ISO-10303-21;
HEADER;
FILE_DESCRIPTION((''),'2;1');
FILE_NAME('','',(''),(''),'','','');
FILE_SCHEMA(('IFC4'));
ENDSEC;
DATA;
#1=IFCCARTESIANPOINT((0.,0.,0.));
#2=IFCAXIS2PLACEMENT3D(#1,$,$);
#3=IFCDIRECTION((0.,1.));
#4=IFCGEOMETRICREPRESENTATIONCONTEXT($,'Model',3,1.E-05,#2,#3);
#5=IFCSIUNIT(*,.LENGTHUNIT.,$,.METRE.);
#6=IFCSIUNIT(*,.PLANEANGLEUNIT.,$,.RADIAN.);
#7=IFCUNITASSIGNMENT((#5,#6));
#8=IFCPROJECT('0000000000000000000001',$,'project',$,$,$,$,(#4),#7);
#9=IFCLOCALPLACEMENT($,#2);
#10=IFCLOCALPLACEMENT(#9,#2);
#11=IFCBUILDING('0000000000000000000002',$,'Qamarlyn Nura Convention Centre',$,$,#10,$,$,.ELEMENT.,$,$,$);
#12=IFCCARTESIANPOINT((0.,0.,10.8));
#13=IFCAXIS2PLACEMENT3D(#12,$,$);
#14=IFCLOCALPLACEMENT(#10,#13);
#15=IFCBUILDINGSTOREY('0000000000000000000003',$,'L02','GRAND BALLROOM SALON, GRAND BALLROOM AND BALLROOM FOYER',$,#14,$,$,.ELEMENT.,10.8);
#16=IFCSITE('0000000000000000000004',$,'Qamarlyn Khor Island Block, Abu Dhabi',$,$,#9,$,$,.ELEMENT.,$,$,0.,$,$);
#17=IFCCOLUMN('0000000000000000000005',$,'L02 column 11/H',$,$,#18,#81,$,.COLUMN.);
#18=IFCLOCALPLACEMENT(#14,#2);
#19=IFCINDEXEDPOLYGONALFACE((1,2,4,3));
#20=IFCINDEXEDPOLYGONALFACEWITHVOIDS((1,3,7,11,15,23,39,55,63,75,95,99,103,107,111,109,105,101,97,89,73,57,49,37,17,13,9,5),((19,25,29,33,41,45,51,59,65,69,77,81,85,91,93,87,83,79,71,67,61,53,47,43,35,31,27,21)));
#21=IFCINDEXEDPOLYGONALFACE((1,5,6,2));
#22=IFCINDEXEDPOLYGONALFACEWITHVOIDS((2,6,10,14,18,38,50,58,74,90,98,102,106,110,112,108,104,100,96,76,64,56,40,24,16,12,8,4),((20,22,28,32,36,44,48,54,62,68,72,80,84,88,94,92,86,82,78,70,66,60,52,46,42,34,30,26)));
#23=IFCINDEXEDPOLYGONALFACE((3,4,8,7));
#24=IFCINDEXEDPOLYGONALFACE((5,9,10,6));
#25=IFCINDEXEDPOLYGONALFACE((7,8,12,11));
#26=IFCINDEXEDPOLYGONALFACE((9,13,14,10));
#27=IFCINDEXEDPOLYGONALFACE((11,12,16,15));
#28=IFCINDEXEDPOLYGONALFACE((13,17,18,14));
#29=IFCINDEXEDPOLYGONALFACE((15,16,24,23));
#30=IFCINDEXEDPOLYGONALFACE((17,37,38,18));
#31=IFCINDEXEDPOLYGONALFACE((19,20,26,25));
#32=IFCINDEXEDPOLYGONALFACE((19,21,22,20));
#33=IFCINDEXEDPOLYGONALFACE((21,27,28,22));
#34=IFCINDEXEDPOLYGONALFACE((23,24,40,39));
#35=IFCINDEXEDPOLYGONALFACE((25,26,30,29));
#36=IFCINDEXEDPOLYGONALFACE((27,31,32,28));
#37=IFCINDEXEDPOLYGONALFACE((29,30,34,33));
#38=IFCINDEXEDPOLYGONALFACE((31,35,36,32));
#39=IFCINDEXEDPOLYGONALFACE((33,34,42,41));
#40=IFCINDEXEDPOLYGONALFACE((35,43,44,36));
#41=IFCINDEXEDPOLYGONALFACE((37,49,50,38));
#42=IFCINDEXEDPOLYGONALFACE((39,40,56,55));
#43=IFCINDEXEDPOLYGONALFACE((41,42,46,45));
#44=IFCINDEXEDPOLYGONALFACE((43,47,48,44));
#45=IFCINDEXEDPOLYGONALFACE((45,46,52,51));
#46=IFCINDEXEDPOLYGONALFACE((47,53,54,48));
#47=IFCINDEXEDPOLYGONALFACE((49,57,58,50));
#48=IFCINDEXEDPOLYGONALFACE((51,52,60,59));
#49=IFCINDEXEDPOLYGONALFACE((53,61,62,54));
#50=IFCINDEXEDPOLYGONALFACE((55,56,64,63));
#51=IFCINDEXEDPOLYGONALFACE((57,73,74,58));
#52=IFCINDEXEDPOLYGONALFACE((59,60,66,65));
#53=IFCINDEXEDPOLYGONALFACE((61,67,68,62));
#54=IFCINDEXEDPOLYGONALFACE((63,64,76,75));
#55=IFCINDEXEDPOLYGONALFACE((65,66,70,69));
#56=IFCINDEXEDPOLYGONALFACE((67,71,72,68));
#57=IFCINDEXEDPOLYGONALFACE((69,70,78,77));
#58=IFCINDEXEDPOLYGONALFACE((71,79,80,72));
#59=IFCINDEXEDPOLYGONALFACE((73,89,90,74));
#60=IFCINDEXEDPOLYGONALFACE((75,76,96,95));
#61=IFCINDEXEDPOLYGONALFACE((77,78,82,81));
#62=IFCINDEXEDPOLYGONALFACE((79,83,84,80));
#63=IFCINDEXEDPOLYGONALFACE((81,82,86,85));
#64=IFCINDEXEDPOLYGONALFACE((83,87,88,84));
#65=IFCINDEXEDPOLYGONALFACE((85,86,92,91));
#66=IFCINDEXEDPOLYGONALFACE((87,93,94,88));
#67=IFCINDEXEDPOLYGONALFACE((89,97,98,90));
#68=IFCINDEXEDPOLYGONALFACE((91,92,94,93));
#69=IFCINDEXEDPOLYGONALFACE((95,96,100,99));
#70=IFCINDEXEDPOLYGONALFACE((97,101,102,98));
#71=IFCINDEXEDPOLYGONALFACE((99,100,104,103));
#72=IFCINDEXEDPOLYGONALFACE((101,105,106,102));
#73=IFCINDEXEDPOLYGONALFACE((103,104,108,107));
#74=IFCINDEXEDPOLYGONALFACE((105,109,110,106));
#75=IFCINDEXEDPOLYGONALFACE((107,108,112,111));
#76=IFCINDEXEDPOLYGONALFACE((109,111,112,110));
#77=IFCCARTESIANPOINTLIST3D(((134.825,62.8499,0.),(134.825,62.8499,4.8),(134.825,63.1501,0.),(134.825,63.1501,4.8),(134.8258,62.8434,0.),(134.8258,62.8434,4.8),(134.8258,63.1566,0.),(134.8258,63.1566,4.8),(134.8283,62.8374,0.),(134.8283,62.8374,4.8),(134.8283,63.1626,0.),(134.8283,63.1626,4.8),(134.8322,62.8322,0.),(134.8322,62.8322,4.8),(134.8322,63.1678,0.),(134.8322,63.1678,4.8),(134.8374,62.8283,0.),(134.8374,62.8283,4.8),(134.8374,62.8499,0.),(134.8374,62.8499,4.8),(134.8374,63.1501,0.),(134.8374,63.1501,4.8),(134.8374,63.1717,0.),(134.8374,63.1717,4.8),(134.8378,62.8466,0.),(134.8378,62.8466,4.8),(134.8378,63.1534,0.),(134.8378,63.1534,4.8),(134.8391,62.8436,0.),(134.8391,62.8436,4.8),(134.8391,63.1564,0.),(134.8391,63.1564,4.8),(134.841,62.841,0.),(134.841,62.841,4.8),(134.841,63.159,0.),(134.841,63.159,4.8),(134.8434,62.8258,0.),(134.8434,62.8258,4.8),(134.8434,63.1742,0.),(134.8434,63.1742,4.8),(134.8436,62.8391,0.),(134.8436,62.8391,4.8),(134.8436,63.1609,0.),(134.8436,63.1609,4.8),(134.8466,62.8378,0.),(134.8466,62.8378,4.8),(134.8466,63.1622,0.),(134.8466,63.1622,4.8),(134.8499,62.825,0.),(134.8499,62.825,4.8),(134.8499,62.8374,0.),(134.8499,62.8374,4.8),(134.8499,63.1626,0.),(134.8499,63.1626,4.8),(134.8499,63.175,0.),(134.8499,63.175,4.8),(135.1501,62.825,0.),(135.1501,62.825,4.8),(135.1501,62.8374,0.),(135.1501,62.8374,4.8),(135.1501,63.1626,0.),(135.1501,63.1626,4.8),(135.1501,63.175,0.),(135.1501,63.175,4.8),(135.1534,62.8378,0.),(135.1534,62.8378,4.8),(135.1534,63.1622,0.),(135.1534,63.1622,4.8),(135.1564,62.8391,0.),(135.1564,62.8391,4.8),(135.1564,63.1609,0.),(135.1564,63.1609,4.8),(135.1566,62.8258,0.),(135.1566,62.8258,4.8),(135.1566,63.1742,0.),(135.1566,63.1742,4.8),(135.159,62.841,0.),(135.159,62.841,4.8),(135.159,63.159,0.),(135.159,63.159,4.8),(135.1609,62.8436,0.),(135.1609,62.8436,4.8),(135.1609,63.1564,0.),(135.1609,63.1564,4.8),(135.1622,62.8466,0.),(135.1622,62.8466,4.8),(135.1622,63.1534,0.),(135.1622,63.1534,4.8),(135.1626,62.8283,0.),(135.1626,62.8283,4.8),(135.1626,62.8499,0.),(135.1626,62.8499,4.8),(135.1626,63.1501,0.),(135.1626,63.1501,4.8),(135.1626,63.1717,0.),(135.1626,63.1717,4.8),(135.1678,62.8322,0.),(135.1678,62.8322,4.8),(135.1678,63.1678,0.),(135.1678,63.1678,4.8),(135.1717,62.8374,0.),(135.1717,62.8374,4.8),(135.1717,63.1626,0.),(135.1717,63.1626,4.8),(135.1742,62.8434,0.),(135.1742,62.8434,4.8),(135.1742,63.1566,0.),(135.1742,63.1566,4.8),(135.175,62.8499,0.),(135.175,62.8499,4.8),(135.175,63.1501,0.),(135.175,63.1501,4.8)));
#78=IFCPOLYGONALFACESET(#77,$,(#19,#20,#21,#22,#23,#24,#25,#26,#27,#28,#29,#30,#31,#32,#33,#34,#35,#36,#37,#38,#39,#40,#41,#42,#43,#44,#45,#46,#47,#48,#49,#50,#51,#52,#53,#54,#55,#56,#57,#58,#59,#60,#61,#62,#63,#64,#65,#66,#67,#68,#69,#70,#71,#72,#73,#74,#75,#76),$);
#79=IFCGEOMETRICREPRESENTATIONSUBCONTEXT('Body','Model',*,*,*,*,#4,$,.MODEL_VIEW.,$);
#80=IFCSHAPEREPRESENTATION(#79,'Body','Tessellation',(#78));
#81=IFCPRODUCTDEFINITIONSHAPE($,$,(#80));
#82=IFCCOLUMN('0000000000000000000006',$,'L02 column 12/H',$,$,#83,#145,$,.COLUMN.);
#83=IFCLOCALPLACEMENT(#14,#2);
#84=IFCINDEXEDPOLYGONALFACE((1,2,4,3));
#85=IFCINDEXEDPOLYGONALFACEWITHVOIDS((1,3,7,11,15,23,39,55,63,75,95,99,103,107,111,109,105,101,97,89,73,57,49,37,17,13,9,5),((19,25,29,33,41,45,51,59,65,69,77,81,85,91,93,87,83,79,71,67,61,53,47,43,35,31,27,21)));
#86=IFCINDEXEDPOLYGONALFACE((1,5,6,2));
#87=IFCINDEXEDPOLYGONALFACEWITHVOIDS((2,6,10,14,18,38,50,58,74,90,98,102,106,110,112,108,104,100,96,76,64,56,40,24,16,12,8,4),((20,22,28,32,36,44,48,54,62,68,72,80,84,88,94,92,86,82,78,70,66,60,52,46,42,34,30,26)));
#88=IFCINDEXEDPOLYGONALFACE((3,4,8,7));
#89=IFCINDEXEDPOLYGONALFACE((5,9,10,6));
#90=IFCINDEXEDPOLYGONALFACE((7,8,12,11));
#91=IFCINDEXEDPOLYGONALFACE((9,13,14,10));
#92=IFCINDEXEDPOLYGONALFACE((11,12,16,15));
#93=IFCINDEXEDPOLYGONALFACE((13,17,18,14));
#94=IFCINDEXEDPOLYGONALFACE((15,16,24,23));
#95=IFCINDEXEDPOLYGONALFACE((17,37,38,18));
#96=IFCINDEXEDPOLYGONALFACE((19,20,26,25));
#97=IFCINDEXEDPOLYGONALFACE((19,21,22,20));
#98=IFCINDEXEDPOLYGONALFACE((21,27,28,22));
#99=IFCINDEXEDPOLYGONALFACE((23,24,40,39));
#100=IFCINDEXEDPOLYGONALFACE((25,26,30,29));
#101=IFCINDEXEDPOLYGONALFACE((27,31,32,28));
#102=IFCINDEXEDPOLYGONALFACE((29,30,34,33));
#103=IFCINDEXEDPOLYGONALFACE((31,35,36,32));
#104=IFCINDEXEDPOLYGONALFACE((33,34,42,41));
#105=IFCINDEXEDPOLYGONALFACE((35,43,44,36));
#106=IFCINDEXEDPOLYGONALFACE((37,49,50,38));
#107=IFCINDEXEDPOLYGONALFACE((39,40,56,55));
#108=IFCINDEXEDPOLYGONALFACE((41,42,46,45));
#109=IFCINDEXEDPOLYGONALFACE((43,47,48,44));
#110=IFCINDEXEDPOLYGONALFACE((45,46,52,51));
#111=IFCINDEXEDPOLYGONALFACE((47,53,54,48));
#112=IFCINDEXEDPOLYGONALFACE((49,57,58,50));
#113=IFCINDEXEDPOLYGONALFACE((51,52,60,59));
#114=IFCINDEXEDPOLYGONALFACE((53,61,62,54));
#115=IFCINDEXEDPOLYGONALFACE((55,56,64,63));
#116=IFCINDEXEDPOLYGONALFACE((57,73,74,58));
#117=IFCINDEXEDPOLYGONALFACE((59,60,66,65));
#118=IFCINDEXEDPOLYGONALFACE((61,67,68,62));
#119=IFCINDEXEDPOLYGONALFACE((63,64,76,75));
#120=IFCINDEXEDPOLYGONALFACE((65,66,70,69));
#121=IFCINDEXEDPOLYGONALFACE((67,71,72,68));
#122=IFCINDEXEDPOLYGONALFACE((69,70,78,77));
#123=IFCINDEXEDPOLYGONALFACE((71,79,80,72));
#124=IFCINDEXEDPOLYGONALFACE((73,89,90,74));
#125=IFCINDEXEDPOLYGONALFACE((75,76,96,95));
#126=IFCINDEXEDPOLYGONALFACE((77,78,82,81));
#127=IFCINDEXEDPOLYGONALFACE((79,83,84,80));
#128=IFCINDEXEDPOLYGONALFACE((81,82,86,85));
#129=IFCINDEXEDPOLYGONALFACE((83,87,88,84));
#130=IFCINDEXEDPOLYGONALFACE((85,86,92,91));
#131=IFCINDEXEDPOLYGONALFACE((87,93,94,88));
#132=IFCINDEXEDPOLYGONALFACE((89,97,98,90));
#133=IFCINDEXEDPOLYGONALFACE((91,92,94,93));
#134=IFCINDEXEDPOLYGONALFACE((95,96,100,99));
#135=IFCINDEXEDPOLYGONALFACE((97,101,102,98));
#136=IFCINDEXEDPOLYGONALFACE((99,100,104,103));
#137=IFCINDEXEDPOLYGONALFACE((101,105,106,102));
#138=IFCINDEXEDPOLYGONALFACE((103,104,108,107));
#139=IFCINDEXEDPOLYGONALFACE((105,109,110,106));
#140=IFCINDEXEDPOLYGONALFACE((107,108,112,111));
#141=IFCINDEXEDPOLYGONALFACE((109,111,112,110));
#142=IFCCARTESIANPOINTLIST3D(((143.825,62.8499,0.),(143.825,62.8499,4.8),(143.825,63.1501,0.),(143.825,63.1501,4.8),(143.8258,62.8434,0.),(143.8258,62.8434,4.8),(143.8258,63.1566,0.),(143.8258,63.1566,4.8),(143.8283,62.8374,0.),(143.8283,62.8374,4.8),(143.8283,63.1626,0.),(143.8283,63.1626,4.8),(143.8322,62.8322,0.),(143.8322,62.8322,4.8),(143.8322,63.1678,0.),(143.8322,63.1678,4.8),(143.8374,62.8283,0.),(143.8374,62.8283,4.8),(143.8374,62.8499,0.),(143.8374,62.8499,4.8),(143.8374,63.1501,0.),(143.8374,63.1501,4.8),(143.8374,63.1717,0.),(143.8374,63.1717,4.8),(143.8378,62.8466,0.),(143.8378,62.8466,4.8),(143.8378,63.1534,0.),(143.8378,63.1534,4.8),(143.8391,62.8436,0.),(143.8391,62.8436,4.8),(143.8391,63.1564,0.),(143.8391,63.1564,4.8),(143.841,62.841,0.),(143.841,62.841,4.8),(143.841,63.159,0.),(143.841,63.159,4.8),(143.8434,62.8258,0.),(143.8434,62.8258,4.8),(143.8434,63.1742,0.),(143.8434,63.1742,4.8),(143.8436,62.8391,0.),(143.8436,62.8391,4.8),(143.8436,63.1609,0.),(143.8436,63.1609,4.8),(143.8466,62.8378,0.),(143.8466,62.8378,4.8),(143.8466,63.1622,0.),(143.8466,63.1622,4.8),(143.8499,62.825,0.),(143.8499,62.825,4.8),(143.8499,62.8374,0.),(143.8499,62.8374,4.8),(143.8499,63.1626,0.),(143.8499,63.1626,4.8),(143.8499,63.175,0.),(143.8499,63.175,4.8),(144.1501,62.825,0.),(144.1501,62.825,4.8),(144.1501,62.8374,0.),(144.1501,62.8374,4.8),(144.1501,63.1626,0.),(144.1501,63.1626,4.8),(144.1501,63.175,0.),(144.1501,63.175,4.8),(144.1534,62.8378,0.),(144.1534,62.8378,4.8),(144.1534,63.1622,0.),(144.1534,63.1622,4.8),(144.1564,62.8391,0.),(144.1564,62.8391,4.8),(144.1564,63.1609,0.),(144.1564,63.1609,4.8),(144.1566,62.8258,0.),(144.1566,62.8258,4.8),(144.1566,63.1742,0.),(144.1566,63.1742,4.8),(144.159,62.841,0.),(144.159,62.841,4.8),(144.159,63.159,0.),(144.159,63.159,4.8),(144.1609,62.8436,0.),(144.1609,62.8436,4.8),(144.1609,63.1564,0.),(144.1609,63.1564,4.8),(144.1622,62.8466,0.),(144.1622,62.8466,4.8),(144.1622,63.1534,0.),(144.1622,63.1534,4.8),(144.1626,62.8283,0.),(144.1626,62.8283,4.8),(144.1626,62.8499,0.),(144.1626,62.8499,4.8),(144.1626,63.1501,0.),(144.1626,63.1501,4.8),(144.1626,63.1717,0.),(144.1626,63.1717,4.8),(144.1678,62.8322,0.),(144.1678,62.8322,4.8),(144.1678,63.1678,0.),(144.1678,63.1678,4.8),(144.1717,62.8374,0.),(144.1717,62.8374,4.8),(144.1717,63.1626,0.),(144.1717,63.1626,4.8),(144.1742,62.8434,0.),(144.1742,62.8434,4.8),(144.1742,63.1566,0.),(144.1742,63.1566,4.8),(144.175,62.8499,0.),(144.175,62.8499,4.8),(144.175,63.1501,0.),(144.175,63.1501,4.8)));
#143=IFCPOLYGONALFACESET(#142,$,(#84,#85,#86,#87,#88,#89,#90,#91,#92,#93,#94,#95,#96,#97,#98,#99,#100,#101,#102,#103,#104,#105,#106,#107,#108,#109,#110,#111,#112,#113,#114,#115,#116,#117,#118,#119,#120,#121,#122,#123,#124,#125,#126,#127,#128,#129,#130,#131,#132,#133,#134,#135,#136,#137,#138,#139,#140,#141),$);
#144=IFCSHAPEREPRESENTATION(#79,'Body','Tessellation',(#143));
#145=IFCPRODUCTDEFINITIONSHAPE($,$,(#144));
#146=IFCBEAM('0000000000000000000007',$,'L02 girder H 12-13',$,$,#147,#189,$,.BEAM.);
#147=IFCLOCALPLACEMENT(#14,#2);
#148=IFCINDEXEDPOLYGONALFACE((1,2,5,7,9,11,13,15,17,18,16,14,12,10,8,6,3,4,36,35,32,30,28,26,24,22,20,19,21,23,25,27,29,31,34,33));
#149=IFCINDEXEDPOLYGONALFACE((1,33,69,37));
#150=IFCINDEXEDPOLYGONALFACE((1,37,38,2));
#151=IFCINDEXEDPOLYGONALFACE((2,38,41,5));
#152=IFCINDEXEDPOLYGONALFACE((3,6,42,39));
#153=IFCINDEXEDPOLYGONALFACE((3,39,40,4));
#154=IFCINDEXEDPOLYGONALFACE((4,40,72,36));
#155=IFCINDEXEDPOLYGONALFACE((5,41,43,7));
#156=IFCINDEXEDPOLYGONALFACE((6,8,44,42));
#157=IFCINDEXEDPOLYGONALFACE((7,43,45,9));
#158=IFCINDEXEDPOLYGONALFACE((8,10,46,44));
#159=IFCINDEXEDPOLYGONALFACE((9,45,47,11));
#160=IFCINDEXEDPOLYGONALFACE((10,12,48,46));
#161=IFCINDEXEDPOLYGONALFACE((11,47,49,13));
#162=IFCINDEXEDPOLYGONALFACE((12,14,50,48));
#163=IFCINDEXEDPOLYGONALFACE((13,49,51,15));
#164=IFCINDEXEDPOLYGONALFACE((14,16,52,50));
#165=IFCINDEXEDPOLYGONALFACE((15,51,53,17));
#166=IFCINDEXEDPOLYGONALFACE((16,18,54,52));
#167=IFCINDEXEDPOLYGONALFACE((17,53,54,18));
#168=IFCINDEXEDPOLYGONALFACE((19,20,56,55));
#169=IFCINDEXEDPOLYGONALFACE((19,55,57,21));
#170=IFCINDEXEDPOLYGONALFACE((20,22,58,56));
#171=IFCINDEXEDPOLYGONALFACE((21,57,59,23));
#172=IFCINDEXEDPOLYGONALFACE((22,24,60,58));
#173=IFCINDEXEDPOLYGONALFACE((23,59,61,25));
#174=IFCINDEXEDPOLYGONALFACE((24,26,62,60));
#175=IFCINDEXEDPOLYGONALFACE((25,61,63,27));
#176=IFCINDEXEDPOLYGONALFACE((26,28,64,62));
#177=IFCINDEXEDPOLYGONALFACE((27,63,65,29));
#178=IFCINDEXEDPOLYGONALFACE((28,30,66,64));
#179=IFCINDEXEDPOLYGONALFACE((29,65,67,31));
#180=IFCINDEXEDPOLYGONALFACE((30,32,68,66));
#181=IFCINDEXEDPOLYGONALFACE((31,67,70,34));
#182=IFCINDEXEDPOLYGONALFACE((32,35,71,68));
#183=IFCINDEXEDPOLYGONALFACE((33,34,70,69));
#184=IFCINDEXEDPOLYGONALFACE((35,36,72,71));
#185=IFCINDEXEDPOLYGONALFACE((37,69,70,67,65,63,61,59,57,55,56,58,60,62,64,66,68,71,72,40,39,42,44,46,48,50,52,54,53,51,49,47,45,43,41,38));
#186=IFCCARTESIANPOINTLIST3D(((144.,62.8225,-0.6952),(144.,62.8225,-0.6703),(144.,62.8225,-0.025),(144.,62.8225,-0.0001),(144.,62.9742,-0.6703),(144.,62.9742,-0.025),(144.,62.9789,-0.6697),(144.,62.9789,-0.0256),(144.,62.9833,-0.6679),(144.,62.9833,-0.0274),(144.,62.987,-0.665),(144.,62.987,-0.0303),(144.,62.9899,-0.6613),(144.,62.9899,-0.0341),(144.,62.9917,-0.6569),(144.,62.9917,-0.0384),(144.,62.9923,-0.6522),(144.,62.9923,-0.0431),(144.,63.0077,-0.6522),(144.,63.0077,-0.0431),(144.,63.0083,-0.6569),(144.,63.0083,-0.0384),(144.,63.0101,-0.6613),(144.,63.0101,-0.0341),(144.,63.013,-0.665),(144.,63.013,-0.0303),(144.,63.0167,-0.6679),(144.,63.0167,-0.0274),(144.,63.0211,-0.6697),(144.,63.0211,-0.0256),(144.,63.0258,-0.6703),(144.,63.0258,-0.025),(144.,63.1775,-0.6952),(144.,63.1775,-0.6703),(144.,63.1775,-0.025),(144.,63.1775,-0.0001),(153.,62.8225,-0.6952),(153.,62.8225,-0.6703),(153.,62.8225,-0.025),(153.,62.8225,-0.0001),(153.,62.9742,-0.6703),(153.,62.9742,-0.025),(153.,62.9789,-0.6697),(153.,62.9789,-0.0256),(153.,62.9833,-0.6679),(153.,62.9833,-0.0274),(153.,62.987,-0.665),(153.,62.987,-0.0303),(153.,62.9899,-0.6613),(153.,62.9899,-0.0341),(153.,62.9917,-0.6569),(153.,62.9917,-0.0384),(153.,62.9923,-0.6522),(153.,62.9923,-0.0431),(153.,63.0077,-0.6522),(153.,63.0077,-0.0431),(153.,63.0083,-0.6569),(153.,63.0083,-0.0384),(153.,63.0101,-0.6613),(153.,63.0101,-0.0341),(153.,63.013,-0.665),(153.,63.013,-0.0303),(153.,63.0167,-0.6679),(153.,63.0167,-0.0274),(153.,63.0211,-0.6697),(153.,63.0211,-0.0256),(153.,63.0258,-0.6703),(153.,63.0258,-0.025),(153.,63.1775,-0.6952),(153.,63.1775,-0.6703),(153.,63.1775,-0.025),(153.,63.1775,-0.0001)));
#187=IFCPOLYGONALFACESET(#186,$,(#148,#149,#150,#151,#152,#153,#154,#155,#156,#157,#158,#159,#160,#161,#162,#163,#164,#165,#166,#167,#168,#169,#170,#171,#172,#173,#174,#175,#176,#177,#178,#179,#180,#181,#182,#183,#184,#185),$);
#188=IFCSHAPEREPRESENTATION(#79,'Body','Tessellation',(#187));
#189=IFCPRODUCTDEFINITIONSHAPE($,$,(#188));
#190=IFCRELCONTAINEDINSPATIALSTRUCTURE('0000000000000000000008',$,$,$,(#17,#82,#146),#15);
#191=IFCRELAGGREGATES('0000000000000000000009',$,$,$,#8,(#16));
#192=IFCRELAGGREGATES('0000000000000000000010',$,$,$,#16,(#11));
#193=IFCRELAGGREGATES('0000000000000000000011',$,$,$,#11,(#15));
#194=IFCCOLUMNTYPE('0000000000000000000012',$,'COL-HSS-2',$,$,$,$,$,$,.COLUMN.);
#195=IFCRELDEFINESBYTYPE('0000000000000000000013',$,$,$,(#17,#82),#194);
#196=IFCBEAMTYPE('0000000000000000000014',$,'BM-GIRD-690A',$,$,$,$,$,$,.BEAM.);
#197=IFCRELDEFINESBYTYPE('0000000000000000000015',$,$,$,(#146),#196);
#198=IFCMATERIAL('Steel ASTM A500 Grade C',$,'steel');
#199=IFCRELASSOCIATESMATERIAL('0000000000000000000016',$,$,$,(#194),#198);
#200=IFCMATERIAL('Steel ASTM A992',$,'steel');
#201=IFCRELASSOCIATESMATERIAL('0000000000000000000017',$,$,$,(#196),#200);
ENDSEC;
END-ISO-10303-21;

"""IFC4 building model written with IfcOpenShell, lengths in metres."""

from ifc_helpers import new_model, si_unit, direction, frame, origin, origin_2d, place, context, subcontext, project, spatial, hollow_rectangle, i_section, extrude, material, material_profile, profile_set, type_object, element, save


model = new_model("IFC4")

# Units and contexts
model_context = context("Model", 3, precision=1e-05, world=origin(), true_north=direction((0.0, 1.0)))
body_context = subcontext(model_context, "Body", "Model", "MODEL_VIEW")
ifc_project = project(units=[si_unit("LENGTHUNIT", "METRE"), si_unit("PLANEANGLEUNIT", "RADIAN")], contexts=[model_context])

# Site, building, storey
site_placement = place(None, origin())
site = spatial("IfcSite", under=ifc_project, at=site_placement, Name="Qamarlyn Khor Island Block, Abu Dhabi", CompositionType="ELEMENT", RefElevation=0.0)
building_placement = place(site_placement, origin())
building = spatial("IfcBuilding", under=site, at=building_placement, Name="Qamarlyn Nura Convention Centre", CompositionType="ELEMENT")
storey_placement = place(building_placement, frame((0.0, 0.0, 10.8)))
storey = spatial("IfcBuildingStorey", under=building, at=storey_placement, Name="L02", Description="GRAND BALLROOM SALON, GRAND BALLROOM AND BALLROOM FOYER", CompositionType="ELEMENT", Elevation=10.8)

# Columns
ifc_material_1 = material(Name="Steel ASTM A500 Grade C", Category="steel")
ifc_material_profile_1 = material_profile(ifc_material_1, hollow_rectangle(XDim=0.3501, YDim=0.3501, WallThickness=0.0125, InnerFilletRadius=0.0125, OuterFilletRadius=0.0249, at=origin_2d()), Name="HSS350X350X12.5")
ifc_profile_set_1 = profile_set([ifc_material_profile_1], Name="Steel ASTM A500 Grade C")
column_type = type_object("IfcColumnType", Name="COL-HSS-2", PredefinedType="COLUMN", material=ifc_profile_set_1)
for number, where, z_axis, x_axis, name in (
    (1, (135.0, 63.0, 0.0), (0.0, 0.0, 1.0), (1.0, 0.0, 0.0), "L02 column 11/H"),
    (2, (144.0, 63.0, 0.0), (0.0, 0.0, 1.0), (1.0, 0.0, 0.0), "L02 column 12/H"),
):
    element("IfcColumn", number, at=place(storey_placement, frame(where, z_axis=z_axis, x_axis=x_axis)), inside=storey, type_object=column_type, Name=name, PredefinedType="COLUMN", context=body_context, shape_type="SweptSolid", body=[
        extrude(hollow_rectangle(XDim=0.3501, YDim=0.3501, WallThickness=0.0125, InnerFilletRadius=0.0125, OuterFilletRadius=0.0249, at=origin_2d()), origin(), (0.0, 0.0, 1.0), 4.8),
    ])

# Beam
ifc_material_2 = material(Name="Steel ASTM A992", Category="steel")
ifc_material_profile_2 = material_profile(ifc_material_2, i_section(OverallWidth=0.355, OverallDepth=0.6951, WebThickness=0.0154, FlangeThickness=0.0249, FilletRadius=0.0181, at=origin_2d()), Name="W690X217")
ifc_profile_set_2 = profile_set([ifc_material_profile_2], Name="Steel ASTM A992")
beam_type_1 = type_object("IfcBeamType", Name="BM-GIRD-690A", PredefinedType="BEAM", material=ifc_profile_set_2)
beam_1_placement = place(storey_placement, frame((144.0, 63.0, -0.3477), z_axis=(1.0, 0.0, 0.0), x_axis=(0.0, 1.0, 0.0)))
element("IfcBeam", 3, at=beam_1_placement, inside=storey, type_object=beam_type_1, Name="L02 girder H 12-13", PredefinedType="BEAM", context=body_context, shape_type="SweptSolid", body=[
    extrude(i_section(OverallWidth=0.355, OverallDepth=0.6951, WebThickness=0.0154, FlangeThickness=0.0249, FilletRadius=0.0181, at=origin_2d()), origin(), (0.0, 0.0, 1.0), 9.0),
])

save(model, "model.ifc")
